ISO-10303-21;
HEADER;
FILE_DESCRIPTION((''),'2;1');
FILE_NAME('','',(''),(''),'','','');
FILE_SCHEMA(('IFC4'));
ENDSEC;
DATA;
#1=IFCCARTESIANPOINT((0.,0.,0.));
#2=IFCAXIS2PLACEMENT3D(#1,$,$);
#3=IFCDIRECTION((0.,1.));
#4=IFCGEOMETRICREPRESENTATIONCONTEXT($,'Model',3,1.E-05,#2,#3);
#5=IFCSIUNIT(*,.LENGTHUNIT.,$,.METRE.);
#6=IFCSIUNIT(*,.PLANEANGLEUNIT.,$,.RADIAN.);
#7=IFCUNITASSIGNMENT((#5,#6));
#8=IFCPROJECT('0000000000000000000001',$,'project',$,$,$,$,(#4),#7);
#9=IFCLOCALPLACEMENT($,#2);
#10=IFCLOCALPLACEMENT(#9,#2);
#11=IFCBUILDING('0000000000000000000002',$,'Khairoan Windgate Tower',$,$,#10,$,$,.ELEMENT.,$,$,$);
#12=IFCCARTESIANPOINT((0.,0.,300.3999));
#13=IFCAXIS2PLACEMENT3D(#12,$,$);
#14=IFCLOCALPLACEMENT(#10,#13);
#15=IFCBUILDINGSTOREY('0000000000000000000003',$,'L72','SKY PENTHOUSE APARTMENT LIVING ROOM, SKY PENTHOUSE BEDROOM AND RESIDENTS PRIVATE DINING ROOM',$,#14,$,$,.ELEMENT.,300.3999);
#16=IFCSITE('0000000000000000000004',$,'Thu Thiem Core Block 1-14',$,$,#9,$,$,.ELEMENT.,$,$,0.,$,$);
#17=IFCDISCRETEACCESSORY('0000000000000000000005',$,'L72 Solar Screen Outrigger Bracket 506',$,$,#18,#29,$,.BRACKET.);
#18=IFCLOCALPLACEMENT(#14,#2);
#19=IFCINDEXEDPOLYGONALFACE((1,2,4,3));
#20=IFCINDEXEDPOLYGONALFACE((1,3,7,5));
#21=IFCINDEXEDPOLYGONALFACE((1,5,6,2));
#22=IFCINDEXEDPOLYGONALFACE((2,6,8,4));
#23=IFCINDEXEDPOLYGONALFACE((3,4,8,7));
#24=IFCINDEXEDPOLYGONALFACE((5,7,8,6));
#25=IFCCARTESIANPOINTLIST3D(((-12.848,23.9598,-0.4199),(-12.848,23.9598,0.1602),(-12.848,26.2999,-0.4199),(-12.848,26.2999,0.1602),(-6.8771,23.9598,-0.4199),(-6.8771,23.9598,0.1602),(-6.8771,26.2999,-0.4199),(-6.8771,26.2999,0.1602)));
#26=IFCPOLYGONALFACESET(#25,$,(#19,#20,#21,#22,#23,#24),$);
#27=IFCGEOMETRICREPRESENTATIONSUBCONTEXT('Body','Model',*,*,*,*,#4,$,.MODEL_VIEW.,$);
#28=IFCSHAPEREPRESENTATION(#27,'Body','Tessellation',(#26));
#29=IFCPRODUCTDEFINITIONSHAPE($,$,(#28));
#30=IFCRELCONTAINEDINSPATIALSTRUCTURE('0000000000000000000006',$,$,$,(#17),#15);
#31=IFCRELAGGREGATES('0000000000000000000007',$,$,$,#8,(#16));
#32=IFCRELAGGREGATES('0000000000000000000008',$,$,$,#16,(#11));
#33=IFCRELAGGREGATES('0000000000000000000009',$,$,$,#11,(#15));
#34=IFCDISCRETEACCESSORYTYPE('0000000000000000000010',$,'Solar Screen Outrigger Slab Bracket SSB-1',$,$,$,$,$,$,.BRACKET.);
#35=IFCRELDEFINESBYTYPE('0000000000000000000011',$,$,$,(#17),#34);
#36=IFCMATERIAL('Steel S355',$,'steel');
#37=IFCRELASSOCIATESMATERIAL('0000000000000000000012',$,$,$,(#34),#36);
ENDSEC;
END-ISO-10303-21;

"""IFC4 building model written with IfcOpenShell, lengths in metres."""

from ifc_helpers import new_model, si_unit, direction, frame, origin, origin_2d, place, context, subcontext, project, spatial, rectangle, extrude, material, type_object, element, save


model = new_model("IFC4")

# Units and contexts
model_context = context("Model", 3, precision=1e-05, world=origin(), true_north=direction((0.0, 1.0)))
body_context = subcontext(model_context, "Body", "Model", "MODEL_VIEW")
ifc_project = project(units=[si_unit("LENGTHUNIT", "METRE"), si_unit("PLANEANGLEUNIT", "RADIAN")], contexts=[model_context])

# Site, building, storey
site_placement = place(None, origin())
site = spatial("IfcSite", under=ifc_project, at=site_placement, Name="Thu Thiem Core Block 1-14", CompositionType="ELEMENT", RefElevation=0.0)
building_placement = place(site_placement, origin())
building = spatial("IfcBuilding", under=site, at=building_placement, Name="Khairoan Windgate Tower", CompositionType="ELEMENT")
storey_placement = place(building_placement, frame((0.0, 0.0, 300.3999)))
storey = spatial("IfcBuildingStorey", under=building, at=storey_placement, Name="L72", Description="SKY PENTHOUSE APARTMENT LIVING ROOM, SKY PENTHOUSE BEDROOM AND RESIDENTS PRIVATE DINING ROOM", CompositionType="ELEMENT", Elevation=300.3999)

# Discrete accessory
ifc_material_1 = material(Name="Steel S355", Category="steel")
discrete_accessory_type = type_object("IfcDiscreteAccessoryType", Name="Solar Screen Outrigger Slab Bracket SSB-1", PredefinedType="BRACKET", material=ifc_material_1)
discrete_accessory_placement = place(storey_placement, frame((-9.8625, 25.1299, -0.4199), z_axis=(0.0, 0.0, 1.0), x_axis=(1.0, 0.0, 0.0)))
element("IfcDiscreteAccessory", 1, at=discrete_accessory_placement, inside=storey, type_object=discrete_accessory_type, Name="L72 Solar Screen Outrigger Bracket 506", PredefinedType="BRACKET", context=body_context, shape_type="SweptSolid", body=[
    extrude(rectangle(XDim=5.9709, YDim=2.3401, at=origin_2d()), origin(), (0.0, 0.0, 1.0), 0.5801),
])

save(model, "model.ifc")
